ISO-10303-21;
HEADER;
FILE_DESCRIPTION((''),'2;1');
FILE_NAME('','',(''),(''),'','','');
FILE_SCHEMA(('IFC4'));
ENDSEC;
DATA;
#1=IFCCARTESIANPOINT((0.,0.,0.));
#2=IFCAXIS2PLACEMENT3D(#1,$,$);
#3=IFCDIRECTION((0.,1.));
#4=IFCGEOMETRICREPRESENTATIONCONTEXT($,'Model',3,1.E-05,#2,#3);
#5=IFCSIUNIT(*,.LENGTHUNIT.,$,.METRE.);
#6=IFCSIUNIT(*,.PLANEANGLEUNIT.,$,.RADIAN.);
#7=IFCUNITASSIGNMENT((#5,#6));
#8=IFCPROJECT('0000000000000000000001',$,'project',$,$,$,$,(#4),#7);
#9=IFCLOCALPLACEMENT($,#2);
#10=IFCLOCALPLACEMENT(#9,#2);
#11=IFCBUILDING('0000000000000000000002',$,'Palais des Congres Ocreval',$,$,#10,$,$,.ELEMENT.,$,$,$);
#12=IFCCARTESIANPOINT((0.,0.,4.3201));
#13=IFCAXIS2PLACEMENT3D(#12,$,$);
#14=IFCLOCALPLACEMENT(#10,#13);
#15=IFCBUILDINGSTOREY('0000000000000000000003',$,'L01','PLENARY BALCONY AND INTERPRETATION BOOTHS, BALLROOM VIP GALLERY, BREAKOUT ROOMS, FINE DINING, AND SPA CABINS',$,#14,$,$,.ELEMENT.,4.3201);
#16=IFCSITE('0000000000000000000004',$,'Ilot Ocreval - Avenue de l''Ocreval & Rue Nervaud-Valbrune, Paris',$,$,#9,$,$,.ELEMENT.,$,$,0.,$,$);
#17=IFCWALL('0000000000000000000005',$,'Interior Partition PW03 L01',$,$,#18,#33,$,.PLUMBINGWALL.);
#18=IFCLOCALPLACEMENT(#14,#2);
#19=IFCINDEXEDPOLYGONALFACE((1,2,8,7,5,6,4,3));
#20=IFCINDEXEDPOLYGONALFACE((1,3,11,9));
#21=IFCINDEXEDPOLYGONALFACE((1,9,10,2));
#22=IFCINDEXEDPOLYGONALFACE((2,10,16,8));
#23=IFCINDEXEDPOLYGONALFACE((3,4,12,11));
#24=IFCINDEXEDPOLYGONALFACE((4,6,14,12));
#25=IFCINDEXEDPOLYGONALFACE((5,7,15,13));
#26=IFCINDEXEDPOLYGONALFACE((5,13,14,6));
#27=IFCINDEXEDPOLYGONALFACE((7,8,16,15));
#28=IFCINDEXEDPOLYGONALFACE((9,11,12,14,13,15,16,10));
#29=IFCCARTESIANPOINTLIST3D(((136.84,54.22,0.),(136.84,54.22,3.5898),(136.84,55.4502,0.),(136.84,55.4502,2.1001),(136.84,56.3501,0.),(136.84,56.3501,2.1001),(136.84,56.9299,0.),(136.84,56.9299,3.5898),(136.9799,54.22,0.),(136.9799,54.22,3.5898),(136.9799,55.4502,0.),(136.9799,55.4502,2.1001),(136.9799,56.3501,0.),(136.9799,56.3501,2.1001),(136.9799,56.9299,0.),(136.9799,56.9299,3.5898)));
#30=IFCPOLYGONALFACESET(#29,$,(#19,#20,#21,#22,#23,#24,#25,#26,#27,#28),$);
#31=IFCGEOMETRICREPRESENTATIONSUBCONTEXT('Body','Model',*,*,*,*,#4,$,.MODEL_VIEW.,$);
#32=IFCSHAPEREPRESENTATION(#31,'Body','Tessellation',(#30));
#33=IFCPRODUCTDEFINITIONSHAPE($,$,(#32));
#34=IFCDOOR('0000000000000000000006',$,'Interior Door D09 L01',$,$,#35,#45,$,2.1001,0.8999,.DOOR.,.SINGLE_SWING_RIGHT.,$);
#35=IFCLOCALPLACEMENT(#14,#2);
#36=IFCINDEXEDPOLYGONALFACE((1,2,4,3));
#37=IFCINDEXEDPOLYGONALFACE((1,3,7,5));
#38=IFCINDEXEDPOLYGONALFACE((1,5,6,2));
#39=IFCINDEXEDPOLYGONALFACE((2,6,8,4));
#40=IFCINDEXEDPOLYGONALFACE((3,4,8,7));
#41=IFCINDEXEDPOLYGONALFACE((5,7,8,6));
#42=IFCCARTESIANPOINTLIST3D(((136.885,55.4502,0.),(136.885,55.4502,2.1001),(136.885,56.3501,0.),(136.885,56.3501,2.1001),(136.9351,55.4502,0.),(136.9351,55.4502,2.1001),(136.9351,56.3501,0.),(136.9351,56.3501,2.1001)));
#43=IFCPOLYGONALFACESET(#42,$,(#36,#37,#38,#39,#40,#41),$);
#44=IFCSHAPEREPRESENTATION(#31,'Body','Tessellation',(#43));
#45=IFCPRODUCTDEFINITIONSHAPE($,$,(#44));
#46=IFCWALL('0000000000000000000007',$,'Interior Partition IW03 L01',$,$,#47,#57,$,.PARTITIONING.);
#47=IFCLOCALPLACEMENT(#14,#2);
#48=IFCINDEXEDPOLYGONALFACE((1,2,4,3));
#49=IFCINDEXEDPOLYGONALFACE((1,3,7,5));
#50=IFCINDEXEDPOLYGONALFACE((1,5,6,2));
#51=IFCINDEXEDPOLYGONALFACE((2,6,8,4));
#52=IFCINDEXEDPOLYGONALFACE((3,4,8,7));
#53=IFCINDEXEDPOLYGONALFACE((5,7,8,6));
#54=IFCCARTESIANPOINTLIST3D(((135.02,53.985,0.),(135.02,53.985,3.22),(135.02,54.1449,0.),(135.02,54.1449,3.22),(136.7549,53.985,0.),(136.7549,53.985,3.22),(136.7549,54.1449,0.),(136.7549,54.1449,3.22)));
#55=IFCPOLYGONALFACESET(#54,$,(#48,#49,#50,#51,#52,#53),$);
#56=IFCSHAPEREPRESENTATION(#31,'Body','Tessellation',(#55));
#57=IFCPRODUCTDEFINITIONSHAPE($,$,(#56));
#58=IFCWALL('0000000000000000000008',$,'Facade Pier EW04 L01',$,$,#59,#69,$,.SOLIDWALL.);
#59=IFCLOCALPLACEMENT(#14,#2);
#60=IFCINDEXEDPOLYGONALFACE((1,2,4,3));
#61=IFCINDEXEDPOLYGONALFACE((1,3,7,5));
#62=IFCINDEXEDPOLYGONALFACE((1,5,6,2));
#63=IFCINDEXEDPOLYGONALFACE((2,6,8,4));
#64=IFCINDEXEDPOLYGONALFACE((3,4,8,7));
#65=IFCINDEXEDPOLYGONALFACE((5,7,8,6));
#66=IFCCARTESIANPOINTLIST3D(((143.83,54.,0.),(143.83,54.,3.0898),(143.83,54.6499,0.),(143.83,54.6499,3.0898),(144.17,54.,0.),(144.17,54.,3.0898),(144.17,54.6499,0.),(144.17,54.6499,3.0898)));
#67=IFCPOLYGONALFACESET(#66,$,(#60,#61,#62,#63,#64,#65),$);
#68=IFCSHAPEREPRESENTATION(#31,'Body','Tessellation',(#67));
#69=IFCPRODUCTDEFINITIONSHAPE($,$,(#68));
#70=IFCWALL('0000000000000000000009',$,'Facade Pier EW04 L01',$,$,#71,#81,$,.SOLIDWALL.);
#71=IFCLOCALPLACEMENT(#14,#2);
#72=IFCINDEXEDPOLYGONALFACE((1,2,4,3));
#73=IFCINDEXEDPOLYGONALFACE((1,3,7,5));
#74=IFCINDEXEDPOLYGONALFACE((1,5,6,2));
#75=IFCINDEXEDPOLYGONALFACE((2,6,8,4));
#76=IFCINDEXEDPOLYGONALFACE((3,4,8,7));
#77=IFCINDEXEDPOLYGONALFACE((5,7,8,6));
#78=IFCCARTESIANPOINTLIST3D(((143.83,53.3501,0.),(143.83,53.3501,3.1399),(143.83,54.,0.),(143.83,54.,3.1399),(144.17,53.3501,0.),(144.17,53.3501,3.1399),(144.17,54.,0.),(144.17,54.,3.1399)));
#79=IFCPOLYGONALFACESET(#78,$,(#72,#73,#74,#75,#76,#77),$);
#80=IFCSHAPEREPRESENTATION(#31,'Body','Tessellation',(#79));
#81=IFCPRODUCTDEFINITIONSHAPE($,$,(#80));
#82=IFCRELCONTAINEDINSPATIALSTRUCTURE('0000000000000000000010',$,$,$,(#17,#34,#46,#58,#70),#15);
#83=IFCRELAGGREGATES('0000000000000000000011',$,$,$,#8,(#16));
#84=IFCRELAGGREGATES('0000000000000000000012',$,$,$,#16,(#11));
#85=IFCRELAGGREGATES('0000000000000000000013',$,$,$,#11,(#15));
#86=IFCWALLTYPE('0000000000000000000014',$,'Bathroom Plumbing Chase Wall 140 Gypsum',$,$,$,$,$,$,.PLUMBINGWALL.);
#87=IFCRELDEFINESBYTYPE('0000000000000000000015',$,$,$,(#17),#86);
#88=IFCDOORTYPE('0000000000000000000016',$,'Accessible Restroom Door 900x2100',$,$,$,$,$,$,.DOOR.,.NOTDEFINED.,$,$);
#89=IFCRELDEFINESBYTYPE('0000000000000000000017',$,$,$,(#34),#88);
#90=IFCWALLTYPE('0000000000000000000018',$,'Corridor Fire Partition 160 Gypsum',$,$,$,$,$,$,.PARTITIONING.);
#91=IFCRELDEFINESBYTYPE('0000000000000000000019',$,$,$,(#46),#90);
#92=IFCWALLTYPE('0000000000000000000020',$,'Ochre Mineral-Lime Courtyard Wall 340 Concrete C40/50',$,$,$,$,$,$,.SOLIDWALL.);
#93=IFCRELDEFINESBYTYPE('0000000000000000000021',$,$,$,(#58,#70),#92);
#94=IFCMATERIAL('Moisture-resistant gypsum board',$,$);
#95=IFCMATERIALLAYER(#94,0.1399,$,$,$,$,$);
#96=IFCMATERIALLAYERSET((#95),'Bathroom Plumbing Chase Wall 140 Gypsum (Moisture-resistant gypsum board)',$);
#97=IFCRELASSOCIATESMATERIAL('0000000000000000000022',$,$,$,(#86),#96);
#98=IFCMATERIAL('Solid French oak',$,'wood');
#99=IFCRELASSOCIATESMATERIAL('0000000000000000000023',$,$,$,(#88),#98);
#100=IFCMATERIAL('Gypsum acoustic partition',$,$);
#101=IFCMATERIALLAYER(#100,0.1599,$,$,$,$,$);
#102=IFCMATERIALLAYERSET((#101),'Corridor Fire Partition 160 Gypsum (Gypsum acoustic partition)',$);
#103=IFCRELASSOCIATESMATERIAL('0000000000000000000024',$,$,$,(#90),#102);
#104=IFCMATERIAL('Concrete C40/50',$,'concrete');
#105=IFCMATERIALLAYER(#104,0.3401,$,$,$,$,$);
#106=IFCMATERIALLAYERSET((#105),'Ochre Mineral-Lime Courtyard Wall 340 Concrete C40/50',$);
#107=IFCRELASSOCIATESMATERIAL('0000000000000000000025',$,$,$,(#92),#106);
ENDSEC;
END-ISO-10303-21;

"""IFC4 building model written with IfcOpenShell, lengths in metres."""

from ifc_helpers import new_model, si_unit, direction, frame, frame_2d, origin, place, context, subcontext, project, spatial, rectangle, extrude, material, layer, layer_set, type_object, element, fill, save


model = new_model("IFC4")

# Units and contexts
model_context = context("Model", 3, precision=1e-05, world=origin(), true_north=direction((0.0, 1.0)))
body_context = subcontext(model_context, "Body", "Model", "MODEL_VIEW")
ifc_project = project(units=[si_unit("LENGTHUNIT", "METRE"), si_unit("PLANEANGLEUNIT", "RADIAN")], contexts=[model_context])

# Site, building, storey
site_placement = place(None, origin())
site = spatial("IfcSite", under=ifc_project, at=site_placement, Name="Ilot Ocreval - Avenue de l'Ocreval & Rue Nervaud-Valbrune, Paris", CompositionType="ELEMENT", RefElevation=0.0)
building_placement = place(site_placement, origin())
building = spatial("IfcBuilding", under=site, at=building_placement, Name="Palais des Congres Ocreval", CompositionType="ELEMENT")
storey_placement = place(building_placement, frame((0.0, 0.0, 4.3201)))
storey = spatial("IfcBuildingStorey", under=building, at=storey_placement, Name="L01", Description="PLENARY BALCONY AND INTERPRETATION BOOTHS, BALLROOM VIP GALLERY, BREAKOUT ROOMS, FINE DINING, AND SPA CABINS", CompositionType="ELEMENT", Elevation=4.3201)

# Wall, opening, door
ifc_material_1 = material(Name="Moisture-resistant gypsum board")
ifc_layer_1 = layer(ifc_material_1, 0.1399)
ifc_layer_set_1 = layer_set([ifc_layer_1], Name="Bathroom Plumbing Chase Wall 140 Gypsum (Moisture-resistant gypsum board)")
wall_type_1 = type_object("IfcWallType", Name="Bathroom Plumbing Chase Wall 140 Gypsum", PredefinedType="PLUMBINGWALL", material=ifc_layer_set_1)
wall_1_placement = place(storey_placement, frame((136.9099, 54.22, 0.0), z_axis=(0.0, 0.0, 1.0), x_axis=(0.0, 1.0, 0.0)))
wall_1 = element("IfcWall", 1, at=wall_1_placement, inside=storey, type_object=wall_type_1, Name="Interior Partition PW03 L01", PredefinedType="PLUMBINGWALL", context=body_context, shape_type="SweptSolid", body=[
    extrude(rectangle(XDim=2.71, YDim=0.1399, at=frame_2d((1.355, 0.0))), origin(), (0.0, 0.0, 1.0), 3.5898),
])
opening_placement = place(wall_1_placement, frame((1.2302, 0.0, 0.0)))
opening = element("IfcOpeningElement", 2, at=opening_placement, cuts=wall_1, PredefinedType="OPENING", context=body_context, shape_type="SweptSolid", body=[
    extrude(rectangle(XDim=0.8999, YDim=2.1001, at=frame_2d((0.45, 1.05))), frame((0.0, 0.0798, 0.0), z_axis=(0.0, -1.0, 0.0), x_axis=(1.0, 0.0, 0.0)), (0.0, 0.0, 1.0), 0.1599),
])
ifc_material_2 = material(Name="Solid French oak", Category="wood")
door_type = type_object("IfcDoorType", Name="Accessible Restroom Door 900x2100", OperationType="NOTDEFINED", PredefinedType="DOOR", material=ifc_material_2)
door_placement = place(opening_placement, origin())
door = element("IfcDoor", 3, at=door_placement, inside=storey, type_object=door_type, Name="Interior Door D09 L01", OperationType="SINGLE_SWING_RIGHT", OverallHeight=2.1001, OverallWidth=0.8999, PredefinedType="DOOR", context=body_context, shape_type="SweptSolid", body=[
    extrude(rectangle(XDim=0.8999, YDim=2.1001, at=frame_2d((0.45, 1.05))), frame((0.0, 0.0249, 0.0), z_axis=(0.0, -1.0, 0.0), x_axis=(1.0, 0.0, 0.0)), (0.0, 0.0, 1.0), 0.05),
])
fill(opening, door)

# Walls
ifc_material_3 = material(Name="Gypsum acoustic partition")
ifc_layer_2 = layer(ifc_material_3, 0.1599)
ifc_layer_set_2 = layer_set([ifc_layer_2], Name="Corridor Fire Partition 160 Gypsum (Gypsum acoustic partition)")
wall_type_2 = type_object("IfcWallType", Name="Corridor Fire Partition 160 Gypsum", PredefinedType="PARTITIONING", material=ifc_layer_set_2)
wall_2_placement = place(storey_placement, frame((135.02, 54.0649, 0.0), z_axis=(0.0, 0.0, 1.0), x_axis=(1.0, 0.0, 0.0)))
element("IfcWall", 4, at=wall_2_placement, inside=storey, type_object=wall_type_2, Name="Interior Partition IW03 L01", PredefinedType="PARTITIONING", context=body_context, shape_type="SweptSolid", body=[
    extrude(rectangle(XDim=1.7349, YDim=0.1599, at=frame_2d((0.8674, 0.0))), origin(), (0.0, 0.0, 1.0), 3.22),
])
ifc_material_4 = material(Name="Concrete C40/50", Category="concrete")
ifc_layer_3 = layer(ifc_material_4, 0.3401)
ifc_layer_set_3 = layer_set([ifc_layer_3], Name="Ochre Mineral-Lime Courtyard Wall 340 Concrete C40/50")
wall_type_3 = type_object("IfcWallType", Name="Ochre Mineral-Lime Courtyard Wall 340 Concrete C40/50", PredefinedType="SOLIDWALL", material=ifc_layer_set_3)
wall_3_placement = place(storey_placement, frame((144.0, 54.6499, 0.0), z_axis=(0.0, 0.0, 1.0), x_axis=(0.0, -1.0, 0.0)))
element("IfcWall", 5, at=wall_3_placement, inside=storey, type_object=wall_type_3, Name="Facade Pier EW04 L01", PredefinedType="SOLIDWALL", context=body_context, shape_type="SweptSolid", body=[
    extrude(rectangle(XDim=0.6499, YDim=0.3401, at=frame_2d((0.325, 0.0))), origin(), (0.0, 0.0, 1.0), 3.0898),
])
wall_4_placement = place(storey_placement, frame((144.0, 54.0, 0.0), z_axis=(0.0, 0.0, 1.0), x_axis=(0.0, -1.0, 0.0)))
element("IfcWall", 6, at=wall_4_placement, inside=storey, type_object=wall_type_3, Name="Facade Pier EW04 L01", PredefinedType="SOLIDWALL", context=body_context, shape_type="SweptSolid", body=[
    extrude(rectangle(XDim=0.6499, YDim=0.3401, at=frame_2d((0.325, 0.0))), origin(), (0.0, 0.0, 1.0), 3.1399),
])

save(model, "model.ifc")
